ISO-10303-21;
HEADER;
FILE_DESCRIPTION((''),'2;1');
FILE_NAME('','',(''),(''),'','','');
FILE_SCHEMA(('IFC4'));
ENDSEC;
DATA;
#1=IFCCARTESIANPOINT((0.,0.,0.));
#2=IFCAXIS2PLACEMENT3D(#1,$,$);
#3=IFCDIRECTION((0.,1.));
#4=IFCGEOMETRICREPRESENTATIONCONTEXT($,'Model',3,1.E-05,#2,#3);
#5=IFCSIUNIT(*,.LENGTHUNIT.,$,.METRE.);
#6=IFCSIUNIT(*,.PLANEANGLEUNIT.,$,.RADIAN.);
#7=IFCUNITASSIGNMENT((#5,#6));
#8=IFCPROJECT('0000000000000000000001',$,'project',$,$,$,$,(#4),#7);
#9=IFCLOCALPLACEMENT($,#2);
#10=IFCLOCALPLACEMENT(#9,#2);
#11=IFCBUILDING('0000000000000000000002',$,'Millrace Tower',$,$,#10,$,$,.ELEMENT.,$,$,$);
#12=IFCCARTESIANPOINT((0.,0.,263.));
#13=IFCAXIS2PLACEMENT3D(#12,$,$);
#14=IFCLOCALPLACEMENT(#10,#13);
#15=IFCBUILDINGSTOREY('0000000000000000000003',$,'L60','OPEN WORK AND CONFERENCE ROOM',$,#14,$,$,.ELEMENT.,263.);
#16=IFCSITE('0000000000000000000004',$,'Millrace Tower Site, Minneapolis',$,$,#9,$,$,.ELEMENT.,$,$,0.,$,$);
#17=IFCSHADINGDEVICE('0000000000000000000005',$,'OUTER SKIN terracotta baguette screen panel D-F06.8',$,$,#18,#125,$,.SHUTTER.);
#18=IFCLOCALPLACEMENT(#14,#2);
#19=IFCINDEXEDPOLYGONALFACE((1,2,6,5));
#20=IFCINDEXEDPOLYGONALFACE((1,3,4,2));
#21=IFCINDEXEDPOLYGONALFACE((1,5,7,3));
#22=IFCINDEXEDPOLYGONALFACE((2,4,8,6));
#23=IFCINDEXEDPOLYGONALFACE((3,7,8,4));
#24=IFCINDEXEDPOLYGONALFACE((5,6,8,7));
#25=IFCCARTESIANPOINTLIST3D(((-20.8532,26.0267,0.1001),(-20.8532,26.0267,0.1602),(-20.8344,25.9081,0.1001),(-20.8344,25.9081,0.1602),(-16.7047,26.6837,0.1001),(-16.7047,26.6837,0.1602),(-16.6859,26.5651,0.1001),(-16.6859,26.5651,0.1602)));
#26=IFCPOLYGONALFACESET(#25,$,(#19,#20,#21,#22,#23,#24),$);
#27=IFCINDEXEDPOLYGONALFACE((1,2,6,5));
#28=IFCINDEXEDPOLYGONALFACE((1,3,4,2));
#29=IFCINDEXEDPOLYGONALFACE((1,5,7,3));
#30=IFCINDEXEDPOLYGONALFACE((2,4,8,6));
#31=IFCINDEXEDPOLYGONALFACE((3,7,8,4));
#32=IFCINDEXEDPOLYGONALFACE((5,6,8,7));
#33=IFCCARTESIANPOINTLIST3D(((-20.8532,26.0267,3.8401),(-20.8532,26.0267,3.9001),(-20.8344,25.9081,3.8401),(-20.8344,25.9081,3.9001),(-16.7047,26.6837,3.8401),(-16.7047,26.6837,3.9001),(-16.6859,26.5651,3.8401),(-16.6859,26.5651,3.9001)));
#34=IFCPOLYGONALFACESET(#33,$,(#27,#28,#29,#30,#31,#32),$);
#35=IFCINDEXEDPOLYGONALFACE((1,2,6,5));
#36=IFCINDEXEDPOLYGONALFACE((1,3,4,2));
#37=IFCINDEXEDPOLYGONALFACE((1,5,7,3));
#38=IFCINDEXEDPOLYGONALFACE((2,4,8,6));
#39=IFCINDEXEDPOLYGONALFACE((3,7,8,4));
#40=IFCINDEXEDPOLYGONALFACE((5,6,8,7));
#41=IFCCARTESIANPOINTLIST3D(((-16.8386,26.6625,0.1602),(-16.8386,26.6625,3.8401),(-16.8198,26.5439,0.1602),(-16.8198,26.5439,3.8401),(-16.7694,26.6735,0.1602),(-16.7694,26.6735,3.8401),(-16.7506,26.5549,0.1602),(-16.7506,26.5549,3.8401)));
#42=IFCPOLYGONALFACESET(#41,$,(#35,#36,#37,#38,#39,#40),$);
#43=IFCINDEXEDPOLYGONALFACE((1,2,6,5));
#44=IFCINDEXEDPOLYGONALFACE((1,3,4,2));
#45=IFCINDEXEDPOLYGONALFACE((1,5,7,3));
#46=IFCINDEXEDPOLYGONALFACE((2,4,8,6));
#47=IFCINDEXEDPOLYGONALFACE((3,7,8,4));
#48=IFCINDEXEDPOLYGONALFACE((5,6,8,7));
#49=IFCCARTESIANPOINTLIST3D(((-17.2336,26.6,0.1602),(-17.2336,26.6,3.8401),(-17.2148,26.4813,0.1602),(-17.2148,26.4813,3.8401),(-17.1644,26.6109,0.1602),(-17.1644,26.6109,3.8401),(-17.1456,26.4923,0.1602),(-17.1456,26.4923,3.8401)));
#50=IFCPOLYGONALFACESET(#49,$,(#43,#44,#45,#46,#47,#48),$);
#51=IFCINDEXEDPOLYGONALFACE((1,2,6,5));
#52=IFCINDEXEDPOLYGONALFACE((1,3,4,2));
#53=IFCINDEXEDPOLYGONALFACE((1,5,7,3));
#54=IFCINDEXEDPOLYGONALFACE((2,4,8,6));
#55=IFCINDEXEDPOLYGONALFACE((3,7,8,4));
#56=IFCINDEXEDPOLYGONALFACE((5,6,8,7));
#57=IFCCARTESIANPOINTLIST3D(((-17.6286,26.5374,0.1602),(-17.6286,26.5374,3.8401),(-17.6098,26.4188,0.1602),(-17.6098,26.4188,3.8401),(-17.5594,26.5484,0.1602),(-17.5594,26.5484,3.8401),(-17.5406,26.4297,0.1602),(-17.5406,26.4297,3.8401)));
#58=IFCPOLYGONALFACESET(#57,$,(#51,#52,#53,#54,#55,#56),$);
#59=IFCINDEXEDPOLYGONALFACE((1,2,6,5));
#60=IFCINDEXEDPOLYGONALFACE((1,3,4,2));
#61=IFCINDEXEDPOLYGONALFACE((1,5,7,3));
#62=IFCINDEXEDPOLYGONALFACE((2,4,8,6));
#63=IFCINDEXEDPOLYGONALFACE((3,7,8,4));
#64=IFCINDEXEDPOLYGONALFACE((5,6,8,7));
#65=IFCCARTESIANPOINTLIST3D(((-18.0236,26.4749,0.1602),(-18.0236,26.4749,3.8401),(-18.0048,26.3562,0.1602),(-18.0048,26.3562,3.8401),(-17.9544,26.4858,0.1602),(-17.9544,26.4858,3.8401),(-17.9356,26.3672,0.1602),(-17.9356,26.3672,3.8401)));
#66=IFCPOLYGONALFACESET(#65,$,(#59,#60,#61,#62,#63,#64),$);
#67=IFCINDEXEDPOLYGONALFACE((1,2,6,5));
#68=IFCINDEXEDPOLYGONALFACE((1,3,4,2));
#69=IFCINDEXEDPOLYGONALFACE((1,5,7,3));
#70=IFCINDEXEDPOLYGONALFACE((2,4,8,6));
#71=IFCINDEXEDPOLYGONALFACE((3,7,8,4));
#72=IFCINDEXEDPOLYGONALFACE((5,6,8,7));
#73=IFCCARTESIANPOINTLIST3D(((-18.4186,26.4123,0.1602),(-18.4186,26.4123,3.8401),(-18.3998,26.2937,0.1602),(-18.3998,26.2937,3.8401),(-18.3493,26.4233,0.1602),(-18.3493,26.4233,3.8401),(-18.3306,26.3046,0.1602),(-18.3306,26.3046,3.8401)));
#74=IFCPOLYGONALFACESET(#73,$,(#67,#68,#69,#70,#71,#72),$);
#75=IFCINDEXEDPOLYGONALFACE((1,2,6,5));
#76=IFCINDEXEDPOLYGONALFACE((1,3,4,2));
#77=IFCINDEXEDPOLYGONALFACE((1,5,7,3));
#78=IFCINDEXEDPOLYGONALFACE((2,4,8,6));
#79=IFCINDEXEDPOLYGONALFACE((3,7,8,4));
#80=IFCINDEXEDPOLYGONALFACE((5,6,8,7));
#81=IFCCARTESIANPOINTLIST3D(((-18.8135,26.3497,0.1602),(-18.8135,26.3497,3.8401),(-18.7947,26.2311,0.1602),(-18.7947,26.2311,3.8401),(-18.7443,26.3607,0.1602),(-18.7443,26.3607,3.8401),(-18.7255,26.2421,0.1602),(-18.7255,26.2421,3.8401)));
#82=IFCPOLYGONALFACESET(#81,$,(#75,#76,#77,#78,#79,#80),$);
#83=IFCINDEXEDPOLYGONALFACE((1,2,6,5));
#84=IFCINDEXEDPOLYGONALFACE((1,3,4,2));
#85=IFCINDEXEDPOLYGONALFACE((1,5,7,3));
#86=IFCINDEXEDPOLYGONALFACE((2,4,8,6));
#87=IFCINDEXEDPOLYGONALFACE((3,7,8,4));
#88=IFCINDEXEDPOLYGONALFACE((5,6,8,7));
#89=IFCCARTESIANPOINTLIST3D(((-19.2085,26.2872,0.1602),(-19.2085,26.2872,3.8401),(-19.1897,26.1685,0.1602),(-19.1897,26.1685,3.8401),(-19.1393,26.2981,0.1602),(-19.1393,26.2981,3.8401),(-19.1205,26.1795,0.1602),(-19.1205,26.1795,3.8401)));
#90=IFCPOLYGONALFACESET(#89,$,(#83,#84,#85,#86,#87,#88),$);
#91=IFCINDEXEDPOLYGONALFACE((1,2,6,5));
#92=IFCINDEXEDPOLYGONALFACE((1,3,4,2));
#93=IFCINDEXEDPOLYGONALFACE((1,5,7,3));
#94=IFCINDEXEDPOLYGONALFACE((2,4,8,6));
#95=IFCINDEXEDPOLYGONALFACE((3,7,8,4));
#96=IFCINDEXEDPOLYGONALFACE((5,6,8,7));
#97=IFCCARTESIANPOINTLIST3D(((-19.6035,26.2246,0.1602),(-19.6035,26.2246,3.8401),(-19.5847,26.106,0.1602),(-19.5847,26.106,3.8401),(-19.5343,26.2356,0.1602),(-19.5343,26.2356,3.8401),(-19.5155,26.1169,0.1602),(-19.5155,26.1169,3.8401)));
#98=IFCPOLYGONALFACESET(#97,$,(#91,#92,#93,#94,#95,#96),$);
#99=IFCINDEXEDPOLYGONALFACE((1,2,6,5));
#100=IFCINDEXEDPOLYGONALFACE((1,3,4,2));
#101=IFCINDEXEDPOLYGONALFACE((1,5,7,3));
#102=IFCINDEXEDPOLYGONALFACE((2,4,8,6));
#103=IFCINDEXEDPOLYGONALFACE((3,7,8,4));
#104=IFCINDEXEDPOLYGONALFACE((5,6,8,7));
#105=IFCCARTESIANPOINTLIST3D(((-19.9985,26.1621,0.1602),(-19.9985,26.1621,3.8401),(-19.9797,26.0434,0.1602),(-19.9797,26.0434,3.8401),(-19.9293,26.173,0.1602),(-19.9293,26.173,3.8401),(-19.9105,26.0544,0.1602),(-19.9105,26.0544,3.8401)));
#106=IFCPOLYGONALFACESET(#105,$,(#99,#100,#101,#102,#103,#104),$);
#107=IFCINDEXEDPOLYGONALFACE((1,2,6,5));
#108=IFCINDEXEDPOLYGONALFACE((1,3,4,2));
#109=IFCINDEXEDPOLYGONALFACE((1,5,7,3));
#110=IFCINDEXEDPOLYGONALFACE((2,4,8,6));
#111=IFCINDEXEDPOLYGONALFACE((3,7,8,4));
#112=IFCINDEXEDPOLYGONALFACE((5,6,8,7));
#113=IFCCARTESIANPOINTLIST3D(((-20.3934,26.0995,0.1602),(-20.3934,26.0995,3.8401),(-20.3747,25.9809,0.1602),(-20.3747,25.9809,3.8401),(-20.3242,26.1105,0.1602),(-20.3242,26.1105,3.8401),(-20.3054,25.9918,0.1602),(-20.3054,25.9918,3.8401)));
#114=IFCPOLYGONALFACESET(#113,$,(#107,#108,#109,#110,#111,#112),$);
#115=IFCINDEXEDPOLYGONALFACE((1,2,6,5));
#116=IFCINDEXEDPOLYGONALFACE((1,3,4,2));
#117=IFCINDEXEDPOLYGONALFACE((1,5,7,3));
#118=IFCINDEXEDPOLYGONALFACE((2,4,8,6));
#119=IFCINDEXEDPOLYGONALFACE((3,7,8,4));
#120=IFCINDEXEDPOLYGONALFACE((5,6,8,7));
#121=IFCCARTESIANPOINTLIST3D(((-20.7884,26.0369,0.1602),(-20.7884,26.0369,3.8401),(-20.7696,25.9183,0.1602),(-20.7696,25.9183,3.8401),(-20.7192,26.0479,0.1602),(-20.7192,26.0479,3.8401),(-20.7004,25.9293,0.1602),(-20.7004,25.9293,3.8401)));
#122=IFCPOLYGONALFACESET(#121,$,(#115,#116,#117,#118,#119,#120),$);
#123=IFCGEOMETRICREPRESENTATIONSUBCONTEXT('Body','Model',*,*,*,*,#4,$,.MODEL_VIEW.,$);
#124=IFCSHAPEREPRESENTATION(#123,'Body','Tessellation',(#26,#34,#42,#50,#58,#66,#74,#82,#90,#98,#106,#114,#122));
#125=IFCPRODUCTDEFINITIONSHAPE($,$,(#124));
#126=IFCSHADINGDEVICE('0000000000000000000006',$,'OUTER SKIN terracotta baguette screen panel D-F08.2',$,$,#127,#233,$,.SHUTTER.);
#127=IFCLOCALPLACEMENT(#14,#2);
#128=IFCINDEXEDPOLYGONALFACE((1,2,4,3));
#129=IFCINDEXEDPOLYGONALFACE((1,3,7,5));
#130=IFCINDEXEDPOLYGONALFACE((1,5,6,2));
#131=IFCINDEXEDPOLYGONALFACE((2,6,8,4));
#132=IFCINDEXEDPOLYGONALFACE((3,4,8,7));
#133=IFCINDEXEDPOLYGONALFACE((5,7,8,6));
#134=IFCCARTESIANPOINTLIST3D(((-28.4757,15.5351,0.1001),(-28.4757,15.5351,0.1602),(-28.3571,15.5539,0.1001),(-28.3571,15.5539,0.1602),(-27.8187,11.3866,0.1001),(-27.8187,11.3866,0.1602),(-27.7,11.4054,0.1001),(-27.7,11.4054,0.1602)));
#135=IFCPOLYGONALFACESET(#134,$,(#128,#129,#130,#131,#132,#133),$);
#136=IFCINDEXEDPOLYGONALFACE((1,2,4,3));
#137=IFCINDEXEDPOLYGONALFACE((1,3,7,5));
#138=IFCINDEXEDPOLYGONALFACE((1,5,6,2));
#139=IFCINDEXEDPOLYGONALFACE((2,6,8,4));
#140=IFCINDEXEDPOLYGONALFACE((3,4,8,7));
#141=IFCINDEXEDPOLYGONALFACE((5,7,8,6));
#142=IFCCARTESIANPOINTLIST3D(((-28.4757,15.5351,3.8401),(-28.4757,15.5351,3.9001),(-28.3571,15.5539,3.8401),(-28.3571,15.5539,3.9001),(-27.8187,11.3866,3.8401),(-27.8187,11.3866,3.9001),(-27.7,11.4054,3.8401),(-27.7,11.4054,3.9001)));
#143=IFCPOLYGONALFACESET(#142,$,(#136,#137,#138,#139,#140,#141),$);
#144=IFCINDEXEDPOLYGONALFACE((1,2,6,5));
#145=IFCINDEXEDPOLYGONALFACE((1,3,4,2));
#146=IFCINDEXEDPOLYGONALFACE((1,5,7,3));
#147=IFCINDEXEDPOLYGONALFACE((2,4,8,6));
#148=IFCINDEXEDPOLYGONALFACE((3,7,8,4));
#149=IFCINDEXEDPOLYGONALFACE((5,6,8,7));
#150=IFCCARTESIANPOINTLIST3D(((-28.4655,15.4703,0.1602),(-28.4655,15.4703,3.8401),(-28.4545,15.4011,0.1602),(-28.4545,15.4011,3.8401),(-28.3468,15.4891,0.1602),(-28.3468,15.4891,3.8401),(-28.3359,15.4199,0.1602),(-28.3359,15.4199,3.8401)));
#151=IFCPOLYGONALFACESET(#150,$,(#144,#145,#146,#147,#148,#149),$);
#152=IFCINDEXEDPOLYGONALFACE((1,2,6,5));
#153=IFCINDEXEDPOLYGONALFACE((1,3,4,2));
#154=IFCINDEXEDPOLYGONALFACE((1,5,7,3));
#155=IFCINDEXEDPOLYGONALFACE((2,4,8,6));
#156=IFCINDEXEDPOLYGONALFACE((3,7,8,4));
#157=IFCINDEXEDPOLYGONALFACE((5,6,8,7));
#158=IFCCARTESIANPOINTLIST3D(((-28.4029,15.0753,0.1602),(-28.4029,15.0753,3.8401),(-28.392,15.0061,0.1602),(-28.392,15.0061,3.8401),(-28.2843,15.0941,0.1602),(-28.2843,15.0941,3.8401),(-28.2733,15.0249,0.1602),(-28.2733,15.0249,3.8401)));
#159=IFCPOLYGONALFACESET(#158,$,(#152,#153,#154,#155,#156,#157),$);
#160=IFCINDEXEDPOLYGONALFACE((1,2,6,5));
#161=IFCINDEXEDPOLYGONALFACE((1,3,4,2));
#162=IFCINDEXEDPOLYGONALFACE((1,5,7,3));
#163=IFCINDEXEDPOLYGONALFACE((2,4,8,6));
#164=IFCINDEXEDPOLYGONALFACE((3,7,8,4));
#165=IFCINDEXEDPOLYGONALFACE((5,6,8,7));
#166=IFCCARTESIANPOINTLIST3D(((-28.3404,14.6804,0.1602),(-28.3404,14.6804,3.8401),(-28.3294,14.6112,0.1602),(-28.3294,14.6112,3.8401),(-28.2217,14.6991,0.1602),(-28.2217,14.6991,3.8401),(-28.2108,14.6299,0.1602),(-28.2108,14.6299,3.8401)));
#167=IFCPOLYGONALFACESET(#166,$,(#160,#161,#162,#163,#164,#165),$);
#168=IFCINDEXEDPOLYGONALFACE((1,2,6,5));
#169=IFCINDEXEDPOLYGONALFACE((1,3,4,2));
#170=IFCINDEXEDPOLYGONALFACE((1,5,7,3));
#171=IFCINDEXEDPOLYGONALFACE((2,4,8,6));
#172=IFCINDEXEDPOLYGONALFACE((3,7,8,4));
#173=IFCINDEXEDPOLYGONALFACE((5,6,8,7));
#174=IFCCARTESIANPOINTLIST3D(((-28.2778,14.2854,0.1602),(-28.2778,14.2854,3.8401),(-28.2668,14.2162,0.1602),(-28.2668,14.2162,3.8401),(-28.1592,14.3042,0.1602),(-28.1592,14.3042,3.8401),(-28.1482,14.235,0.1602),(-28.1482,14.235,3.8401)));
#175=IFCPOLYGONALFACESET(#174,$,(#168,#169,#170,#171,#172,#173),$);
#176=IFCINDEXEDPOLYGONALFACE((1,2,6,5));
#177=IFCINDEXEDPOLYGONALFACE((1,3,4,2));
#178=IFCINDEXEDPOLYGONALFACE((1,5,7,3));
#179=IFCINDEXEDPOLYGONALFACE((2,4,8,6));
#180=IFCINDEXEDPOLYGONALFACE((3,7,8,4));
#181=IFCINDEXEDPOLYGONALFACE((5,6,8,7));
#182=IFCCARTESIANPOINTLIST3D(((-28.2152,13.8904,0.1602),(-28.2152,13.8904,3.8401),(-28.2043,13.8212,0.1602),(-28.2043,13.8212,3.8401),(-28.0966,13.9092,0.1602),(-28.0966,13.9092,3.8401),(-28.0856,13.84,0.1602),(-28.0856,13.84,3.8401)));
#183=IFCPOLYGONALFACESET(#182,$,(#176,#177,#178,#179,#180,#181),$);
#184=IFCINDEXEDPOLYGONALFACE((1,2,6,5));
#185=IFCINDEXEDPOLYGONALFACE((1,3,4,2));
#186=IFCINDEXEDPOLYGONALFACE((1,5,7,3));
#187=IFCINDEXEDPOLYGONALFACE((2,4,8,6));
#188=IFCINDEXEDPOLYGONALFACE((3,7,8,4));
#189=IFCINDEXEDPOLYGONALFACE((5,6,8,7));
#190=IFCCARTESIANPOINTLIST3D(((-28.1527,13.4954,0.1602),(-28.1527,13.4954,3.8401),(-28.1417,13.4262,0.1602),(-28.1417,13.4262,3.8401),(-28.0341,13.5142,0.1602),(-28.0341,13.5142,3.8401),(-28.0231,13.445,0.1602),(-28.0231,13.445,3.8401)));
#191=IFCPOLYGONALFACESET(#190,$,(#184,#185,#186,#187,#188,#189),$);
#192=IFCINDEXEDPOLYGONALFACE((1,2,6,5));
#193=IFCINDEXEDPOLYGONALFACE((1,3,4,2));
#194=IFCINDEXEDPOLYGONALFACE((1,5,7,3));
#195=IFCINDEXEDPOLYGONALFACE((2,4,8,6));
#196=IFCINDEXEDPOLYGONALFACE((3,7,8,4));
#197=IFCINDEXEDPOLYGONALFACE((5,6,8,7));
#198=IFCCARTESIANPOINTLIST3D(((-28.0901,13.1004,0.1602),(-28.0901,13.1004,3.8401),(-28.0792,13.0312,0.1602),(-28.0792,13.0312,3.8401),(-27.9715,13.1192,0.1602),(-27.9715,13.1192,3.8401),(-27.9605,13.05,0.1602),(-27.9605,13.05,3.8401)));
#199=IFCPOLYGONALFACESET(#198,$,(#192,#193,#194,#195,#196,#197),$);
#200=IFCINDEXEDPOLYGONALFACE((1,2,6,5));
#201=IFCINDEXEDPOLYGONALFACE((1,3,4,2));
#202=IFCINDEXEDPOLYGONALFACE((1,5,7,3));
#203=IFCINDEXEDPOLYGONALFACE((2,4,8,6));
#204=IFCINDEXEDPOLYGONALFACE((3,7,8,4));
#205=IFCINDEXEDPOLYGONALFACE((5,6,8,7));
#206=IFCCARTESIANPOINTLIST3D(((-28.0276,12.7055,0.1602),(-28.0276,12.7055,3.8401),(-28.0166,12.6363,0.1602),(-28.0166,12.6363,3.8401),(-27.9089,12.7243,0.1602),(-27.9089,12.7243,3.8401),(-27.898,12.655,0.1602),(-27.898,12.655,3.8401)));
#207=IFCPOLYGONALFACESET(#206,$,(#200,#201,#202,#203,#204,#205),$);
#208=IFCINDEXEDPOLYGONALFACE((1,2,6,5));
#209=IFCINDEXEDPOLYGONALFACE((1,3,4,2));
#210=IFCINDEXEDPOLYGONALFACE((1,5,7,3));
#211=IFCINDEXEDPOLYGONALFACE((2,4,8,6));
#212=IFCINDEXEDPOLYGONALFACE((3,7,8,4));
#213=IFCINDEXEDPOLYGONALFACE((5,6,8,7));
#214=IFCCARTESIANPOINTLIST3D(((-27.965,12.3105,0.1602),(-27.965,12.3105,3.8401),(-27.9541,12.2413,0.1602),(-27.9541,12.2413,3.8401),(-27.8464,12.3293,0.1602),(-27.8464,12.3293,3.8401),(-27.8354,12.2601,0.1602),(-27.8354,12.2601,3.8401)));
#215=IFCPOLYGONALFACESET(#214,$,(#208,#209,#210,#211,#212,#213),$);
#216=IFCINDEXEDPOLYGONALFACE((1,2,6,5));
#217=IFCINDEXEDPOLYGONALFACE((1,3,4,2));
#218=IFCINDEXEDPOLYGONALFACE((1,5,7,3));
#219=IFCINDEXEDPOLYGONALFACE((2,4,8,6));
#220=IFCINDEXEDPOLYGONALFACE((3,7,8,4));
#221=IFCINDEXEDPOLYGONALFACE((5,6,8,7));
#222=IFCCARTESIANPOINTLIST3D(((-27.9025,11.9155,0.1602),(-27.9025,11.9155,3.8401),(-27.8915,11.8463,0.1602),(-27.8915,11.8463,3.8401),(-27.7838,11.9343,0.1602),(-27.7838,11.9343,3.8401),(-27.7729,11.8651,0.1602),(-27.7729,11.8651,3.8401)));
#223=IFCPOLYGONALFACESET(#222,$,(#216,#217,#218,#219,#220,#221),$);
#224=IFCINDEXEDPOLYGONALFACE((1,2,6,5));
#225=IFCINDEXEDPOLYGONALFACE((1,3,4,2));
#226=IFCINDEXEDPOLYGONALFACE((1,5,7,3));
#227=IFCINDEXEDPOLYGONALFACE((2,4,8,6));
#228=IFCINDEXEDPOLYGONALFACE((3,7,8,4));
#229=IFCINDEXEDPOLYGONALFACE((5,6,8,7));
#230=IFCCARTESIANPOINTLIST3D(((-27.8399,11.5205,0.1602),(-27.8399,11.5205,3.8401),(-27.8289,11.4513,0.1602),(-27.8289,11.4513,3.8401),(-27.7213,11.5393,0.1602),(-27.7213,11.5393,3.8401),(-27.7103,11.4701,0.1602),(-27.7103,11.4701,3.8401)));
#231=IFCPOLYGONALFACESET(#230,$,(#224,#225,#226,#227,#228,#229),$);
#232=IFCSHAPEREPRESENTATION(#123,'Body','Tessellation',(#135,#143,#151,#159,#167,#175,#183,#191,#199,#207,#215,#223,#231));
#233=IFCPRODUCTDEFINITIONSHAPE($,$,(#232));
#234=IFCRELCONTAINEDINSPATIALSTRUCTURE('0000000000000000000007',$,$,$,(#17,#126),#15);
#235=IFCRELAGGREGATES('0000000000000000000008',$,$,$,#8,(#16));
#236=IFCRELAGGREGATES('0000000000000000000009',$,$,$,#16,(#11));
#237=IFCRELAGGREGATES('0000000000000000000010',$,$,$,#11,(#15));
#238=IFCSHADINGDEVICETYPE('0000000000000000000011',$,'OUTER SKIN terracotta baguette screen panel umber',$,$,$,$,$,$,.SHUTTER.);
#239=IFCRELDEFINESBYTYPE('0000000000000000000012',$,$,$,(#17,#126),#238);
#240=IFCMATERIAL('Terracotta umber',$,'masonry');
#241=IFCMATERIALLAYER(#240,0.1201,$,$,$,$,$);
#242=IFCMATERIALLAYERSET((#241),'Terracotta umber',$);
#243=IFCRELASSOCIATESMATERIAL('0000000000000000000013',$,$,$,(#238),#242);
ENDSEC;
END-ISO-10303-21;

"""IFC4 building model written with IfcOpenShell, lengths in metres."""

from ifc_helpers import new_model, entity, si_unit, direction, frame, frame_2d, origin, origin_2d, place, context, subcontext, project, spatial, rectangle, extrude, source, transform, mapped, material, layer, layer_set, type_object, element, save


model = new_model("IFC4")

# Units and contexts
model_context = context("Model", 3, precision=1e-05, world=origin(), true_north=direction((0.0, 1.0)))
body_context = subcontext(model_context, "Body", "Model", "MODEL_VIEW")
ifc_project = project(units=[si_unit("LENGTHUNIT", "METRE"), si_unit("PLANEANGLEUNIT", "RADIAN")], contexts=[model_context])

# Site, building, storey
site_placement = place(None, origin())
site = spatial("IfcSite", under=ifc_project, at=site_placement, Name="Millrace Tower Site, Minneapolis", CompositionType="ELEMENT", RefElevation=0.0)
building_placement = place(site_placement, origin())
building = spatial("IfcBuilding", under=site, at=building_placement, Name="Millrace Tower", CompositionType="ELEMENT")
storey_placement = place(building_placement, frame((0.0, 0.0, 263.0)))
storey = spatial("IfcBuildingStorey", under=building, at=storey_placement, Name="L60", Description="OPEN WORK AND CONFERENCE ROOM", CompositionType="ELEMENT", Elevation=263.0)

# Shading devices
ifc_material_1 = material(Name="Terracotta umber", Category="masonry")
ifc_layer_1 = layer(ifc_material_1, 0.1201)
ifc_layer_set_1 = layer_set([ifc_layer_1], Name="Terracotta umber")
shading_device_type = type_object("IfcShadingDeviceType", Name="OUTER SKIN terracotta baguette screen panel umber", PredefinedType="SHUTTER", material=ifc_layer_set_1)
cartesian_point_1 = entity("IfcCartesianPoint", [-2.1001, 0.0601])
shared_polyline_1 = entity("IfcPolyline", [cartesian_point_1, entity("IfcCartesianPoint", [2.1001, 0.0601]), entity("IfcCartesianPoint", [2.1001, -0.0601]), entity("IfcCartesianPoint", [-2.1001, -0.0601]), cartesian_point_1])
shared_shape_1 = source(origin(), body_context, "Body", "SweptSolid", [
    entity("IfcExtrudedAreaSolid", entity("IfcArbitraryClosedProfileDef", "AREA", None, shared_polyline_1), entity("IfcAxis2Placement3D", entity("IfcCartesianPoint", [0.0, 0.0, 0.0])), entity("IfcDirection", [0.0, 0.0, 1.0]), 0.0601),
    entity("IfcExtrudedAreaSolid", entity("IfcArbitraryClosedProfileDef", "AREA", None, shared_polyline_1), entity("IfcAxis2Placement3D", entity("IfcCartesianPoint", [0.0, 0.0, 3.74])), entity("IfcDirection", [0.0, 0.0, 1.0]), 0.0601),
    extrude(rectangle(XDim=0.0701, YDim=0.1201, at=frame_2d((-1.9995, 0.0))), frame((0.0, 0.0, 0.0601)), (0.0, 0.0, 1.0), 3.6799),
    extrude(rectangle(XDim=0.0701, YDim=0.1201, at=frame_2d((-1.5996, 0.0))), frame((0.0, 0.0, 0.0601)), (0.0, 0.0, 1.0), 3.6799),
    extrude(rectangle(XDim=0.0701, YDim=0.1201, at=frame_2d((-1.1997, 0.0))), frame((0.0, 0.0, 0.0601)), (0.0, 0.0, 1.0), 3.6799),
    extrude(rectangle(XDim=0.0701, YDim=0.1201, at=frame_2d((-0.7998, 0.0))), frame((0.0, 0.0, 0.0601)), (0.0, 0.0, 1.0), 3.6799),
    extrude(rectangle(XDim=0.0701, YDim=0.1201, at=frame_2d((-0.3999, 0.0))), frame((0.0, 0.0, 0.0601)), (0.0, 0.0, 1.0), 3.6799),
    extrude(rectangle(XDim=0.0701, YDim=0.1201, at=origin_2d()), frame((0.0, 0.0, 0.0601)), (0.0, 0.0, 1.0), 3.6799),
    extrude(rectangle(XDim=0.0701, YDim=0.1201, at=frame_2d((0.3999, 0.0))), frame((0.0, 0.0, 0.0601)), (0.0, 0.0, 1.0), 3.6799),
    extrude(rectangle(XDim=0.0701, YDim=0.1201, at=frame_2d((0.7998, 0.0))), frame((0.0, 0.0, 0.0601)), (0.0, 0.0, 1.0), 3.6799),
    extrude(rectangle(XDim=0.0701, YDim=0.1201, at=frame_2d((1.1997, 0.0))), frame((0.0, 0.0, 0.0601)), (0.0, 0.0, 1.0), 3.6799),
    extrude(rectangle(XDim=0.0701, YDim=0.1201, at=frame_2d((1.5996, 0.0))), frame((0.0, 0.0, 0.0601)), (0.0, 0.0, 1.0), 3.6799),
    extrude(rectangle(XDim=0.0701, YDim=0.1201, at=frame_2d((1.9995, 0.0))), frame((0.0, 0.0, 0.0601)), (0.0, 0.0, 1.0), 3.6799),
])
for number, where, z_axis, x_axis, name in (
    (1, (-18.7695, 26.2959, 0.1001), (0.0, 0.0, 1.0), (-0.987688, -0.156434, 0.0), "OUTER SKIN terracotta baguette screen panel D-F06.8"),
    (2, (-28.0879, 13.4702, 0.1001), (0.0, 0.0, 1.0), (0.156434, -0.987688, 0.0), "OUTER SKIN terracotta baguette screen panel D-F08.2"),
):
    element("IfcShadingDevice", number, at=place(storey_placement, frame(where, z_axis=z_axis, x_axis=x_axis)), inside=storey, type_object=shading_device_type, Name=name, PredefinedType="SHUTTER", context=body_context, shape_type="MappedRepresentation", body=[
        mapped(shared_shape_1, transform((0.0, 0.0, 0.0), scale=1.0)),
    ])

save(model, "model.ifc")
